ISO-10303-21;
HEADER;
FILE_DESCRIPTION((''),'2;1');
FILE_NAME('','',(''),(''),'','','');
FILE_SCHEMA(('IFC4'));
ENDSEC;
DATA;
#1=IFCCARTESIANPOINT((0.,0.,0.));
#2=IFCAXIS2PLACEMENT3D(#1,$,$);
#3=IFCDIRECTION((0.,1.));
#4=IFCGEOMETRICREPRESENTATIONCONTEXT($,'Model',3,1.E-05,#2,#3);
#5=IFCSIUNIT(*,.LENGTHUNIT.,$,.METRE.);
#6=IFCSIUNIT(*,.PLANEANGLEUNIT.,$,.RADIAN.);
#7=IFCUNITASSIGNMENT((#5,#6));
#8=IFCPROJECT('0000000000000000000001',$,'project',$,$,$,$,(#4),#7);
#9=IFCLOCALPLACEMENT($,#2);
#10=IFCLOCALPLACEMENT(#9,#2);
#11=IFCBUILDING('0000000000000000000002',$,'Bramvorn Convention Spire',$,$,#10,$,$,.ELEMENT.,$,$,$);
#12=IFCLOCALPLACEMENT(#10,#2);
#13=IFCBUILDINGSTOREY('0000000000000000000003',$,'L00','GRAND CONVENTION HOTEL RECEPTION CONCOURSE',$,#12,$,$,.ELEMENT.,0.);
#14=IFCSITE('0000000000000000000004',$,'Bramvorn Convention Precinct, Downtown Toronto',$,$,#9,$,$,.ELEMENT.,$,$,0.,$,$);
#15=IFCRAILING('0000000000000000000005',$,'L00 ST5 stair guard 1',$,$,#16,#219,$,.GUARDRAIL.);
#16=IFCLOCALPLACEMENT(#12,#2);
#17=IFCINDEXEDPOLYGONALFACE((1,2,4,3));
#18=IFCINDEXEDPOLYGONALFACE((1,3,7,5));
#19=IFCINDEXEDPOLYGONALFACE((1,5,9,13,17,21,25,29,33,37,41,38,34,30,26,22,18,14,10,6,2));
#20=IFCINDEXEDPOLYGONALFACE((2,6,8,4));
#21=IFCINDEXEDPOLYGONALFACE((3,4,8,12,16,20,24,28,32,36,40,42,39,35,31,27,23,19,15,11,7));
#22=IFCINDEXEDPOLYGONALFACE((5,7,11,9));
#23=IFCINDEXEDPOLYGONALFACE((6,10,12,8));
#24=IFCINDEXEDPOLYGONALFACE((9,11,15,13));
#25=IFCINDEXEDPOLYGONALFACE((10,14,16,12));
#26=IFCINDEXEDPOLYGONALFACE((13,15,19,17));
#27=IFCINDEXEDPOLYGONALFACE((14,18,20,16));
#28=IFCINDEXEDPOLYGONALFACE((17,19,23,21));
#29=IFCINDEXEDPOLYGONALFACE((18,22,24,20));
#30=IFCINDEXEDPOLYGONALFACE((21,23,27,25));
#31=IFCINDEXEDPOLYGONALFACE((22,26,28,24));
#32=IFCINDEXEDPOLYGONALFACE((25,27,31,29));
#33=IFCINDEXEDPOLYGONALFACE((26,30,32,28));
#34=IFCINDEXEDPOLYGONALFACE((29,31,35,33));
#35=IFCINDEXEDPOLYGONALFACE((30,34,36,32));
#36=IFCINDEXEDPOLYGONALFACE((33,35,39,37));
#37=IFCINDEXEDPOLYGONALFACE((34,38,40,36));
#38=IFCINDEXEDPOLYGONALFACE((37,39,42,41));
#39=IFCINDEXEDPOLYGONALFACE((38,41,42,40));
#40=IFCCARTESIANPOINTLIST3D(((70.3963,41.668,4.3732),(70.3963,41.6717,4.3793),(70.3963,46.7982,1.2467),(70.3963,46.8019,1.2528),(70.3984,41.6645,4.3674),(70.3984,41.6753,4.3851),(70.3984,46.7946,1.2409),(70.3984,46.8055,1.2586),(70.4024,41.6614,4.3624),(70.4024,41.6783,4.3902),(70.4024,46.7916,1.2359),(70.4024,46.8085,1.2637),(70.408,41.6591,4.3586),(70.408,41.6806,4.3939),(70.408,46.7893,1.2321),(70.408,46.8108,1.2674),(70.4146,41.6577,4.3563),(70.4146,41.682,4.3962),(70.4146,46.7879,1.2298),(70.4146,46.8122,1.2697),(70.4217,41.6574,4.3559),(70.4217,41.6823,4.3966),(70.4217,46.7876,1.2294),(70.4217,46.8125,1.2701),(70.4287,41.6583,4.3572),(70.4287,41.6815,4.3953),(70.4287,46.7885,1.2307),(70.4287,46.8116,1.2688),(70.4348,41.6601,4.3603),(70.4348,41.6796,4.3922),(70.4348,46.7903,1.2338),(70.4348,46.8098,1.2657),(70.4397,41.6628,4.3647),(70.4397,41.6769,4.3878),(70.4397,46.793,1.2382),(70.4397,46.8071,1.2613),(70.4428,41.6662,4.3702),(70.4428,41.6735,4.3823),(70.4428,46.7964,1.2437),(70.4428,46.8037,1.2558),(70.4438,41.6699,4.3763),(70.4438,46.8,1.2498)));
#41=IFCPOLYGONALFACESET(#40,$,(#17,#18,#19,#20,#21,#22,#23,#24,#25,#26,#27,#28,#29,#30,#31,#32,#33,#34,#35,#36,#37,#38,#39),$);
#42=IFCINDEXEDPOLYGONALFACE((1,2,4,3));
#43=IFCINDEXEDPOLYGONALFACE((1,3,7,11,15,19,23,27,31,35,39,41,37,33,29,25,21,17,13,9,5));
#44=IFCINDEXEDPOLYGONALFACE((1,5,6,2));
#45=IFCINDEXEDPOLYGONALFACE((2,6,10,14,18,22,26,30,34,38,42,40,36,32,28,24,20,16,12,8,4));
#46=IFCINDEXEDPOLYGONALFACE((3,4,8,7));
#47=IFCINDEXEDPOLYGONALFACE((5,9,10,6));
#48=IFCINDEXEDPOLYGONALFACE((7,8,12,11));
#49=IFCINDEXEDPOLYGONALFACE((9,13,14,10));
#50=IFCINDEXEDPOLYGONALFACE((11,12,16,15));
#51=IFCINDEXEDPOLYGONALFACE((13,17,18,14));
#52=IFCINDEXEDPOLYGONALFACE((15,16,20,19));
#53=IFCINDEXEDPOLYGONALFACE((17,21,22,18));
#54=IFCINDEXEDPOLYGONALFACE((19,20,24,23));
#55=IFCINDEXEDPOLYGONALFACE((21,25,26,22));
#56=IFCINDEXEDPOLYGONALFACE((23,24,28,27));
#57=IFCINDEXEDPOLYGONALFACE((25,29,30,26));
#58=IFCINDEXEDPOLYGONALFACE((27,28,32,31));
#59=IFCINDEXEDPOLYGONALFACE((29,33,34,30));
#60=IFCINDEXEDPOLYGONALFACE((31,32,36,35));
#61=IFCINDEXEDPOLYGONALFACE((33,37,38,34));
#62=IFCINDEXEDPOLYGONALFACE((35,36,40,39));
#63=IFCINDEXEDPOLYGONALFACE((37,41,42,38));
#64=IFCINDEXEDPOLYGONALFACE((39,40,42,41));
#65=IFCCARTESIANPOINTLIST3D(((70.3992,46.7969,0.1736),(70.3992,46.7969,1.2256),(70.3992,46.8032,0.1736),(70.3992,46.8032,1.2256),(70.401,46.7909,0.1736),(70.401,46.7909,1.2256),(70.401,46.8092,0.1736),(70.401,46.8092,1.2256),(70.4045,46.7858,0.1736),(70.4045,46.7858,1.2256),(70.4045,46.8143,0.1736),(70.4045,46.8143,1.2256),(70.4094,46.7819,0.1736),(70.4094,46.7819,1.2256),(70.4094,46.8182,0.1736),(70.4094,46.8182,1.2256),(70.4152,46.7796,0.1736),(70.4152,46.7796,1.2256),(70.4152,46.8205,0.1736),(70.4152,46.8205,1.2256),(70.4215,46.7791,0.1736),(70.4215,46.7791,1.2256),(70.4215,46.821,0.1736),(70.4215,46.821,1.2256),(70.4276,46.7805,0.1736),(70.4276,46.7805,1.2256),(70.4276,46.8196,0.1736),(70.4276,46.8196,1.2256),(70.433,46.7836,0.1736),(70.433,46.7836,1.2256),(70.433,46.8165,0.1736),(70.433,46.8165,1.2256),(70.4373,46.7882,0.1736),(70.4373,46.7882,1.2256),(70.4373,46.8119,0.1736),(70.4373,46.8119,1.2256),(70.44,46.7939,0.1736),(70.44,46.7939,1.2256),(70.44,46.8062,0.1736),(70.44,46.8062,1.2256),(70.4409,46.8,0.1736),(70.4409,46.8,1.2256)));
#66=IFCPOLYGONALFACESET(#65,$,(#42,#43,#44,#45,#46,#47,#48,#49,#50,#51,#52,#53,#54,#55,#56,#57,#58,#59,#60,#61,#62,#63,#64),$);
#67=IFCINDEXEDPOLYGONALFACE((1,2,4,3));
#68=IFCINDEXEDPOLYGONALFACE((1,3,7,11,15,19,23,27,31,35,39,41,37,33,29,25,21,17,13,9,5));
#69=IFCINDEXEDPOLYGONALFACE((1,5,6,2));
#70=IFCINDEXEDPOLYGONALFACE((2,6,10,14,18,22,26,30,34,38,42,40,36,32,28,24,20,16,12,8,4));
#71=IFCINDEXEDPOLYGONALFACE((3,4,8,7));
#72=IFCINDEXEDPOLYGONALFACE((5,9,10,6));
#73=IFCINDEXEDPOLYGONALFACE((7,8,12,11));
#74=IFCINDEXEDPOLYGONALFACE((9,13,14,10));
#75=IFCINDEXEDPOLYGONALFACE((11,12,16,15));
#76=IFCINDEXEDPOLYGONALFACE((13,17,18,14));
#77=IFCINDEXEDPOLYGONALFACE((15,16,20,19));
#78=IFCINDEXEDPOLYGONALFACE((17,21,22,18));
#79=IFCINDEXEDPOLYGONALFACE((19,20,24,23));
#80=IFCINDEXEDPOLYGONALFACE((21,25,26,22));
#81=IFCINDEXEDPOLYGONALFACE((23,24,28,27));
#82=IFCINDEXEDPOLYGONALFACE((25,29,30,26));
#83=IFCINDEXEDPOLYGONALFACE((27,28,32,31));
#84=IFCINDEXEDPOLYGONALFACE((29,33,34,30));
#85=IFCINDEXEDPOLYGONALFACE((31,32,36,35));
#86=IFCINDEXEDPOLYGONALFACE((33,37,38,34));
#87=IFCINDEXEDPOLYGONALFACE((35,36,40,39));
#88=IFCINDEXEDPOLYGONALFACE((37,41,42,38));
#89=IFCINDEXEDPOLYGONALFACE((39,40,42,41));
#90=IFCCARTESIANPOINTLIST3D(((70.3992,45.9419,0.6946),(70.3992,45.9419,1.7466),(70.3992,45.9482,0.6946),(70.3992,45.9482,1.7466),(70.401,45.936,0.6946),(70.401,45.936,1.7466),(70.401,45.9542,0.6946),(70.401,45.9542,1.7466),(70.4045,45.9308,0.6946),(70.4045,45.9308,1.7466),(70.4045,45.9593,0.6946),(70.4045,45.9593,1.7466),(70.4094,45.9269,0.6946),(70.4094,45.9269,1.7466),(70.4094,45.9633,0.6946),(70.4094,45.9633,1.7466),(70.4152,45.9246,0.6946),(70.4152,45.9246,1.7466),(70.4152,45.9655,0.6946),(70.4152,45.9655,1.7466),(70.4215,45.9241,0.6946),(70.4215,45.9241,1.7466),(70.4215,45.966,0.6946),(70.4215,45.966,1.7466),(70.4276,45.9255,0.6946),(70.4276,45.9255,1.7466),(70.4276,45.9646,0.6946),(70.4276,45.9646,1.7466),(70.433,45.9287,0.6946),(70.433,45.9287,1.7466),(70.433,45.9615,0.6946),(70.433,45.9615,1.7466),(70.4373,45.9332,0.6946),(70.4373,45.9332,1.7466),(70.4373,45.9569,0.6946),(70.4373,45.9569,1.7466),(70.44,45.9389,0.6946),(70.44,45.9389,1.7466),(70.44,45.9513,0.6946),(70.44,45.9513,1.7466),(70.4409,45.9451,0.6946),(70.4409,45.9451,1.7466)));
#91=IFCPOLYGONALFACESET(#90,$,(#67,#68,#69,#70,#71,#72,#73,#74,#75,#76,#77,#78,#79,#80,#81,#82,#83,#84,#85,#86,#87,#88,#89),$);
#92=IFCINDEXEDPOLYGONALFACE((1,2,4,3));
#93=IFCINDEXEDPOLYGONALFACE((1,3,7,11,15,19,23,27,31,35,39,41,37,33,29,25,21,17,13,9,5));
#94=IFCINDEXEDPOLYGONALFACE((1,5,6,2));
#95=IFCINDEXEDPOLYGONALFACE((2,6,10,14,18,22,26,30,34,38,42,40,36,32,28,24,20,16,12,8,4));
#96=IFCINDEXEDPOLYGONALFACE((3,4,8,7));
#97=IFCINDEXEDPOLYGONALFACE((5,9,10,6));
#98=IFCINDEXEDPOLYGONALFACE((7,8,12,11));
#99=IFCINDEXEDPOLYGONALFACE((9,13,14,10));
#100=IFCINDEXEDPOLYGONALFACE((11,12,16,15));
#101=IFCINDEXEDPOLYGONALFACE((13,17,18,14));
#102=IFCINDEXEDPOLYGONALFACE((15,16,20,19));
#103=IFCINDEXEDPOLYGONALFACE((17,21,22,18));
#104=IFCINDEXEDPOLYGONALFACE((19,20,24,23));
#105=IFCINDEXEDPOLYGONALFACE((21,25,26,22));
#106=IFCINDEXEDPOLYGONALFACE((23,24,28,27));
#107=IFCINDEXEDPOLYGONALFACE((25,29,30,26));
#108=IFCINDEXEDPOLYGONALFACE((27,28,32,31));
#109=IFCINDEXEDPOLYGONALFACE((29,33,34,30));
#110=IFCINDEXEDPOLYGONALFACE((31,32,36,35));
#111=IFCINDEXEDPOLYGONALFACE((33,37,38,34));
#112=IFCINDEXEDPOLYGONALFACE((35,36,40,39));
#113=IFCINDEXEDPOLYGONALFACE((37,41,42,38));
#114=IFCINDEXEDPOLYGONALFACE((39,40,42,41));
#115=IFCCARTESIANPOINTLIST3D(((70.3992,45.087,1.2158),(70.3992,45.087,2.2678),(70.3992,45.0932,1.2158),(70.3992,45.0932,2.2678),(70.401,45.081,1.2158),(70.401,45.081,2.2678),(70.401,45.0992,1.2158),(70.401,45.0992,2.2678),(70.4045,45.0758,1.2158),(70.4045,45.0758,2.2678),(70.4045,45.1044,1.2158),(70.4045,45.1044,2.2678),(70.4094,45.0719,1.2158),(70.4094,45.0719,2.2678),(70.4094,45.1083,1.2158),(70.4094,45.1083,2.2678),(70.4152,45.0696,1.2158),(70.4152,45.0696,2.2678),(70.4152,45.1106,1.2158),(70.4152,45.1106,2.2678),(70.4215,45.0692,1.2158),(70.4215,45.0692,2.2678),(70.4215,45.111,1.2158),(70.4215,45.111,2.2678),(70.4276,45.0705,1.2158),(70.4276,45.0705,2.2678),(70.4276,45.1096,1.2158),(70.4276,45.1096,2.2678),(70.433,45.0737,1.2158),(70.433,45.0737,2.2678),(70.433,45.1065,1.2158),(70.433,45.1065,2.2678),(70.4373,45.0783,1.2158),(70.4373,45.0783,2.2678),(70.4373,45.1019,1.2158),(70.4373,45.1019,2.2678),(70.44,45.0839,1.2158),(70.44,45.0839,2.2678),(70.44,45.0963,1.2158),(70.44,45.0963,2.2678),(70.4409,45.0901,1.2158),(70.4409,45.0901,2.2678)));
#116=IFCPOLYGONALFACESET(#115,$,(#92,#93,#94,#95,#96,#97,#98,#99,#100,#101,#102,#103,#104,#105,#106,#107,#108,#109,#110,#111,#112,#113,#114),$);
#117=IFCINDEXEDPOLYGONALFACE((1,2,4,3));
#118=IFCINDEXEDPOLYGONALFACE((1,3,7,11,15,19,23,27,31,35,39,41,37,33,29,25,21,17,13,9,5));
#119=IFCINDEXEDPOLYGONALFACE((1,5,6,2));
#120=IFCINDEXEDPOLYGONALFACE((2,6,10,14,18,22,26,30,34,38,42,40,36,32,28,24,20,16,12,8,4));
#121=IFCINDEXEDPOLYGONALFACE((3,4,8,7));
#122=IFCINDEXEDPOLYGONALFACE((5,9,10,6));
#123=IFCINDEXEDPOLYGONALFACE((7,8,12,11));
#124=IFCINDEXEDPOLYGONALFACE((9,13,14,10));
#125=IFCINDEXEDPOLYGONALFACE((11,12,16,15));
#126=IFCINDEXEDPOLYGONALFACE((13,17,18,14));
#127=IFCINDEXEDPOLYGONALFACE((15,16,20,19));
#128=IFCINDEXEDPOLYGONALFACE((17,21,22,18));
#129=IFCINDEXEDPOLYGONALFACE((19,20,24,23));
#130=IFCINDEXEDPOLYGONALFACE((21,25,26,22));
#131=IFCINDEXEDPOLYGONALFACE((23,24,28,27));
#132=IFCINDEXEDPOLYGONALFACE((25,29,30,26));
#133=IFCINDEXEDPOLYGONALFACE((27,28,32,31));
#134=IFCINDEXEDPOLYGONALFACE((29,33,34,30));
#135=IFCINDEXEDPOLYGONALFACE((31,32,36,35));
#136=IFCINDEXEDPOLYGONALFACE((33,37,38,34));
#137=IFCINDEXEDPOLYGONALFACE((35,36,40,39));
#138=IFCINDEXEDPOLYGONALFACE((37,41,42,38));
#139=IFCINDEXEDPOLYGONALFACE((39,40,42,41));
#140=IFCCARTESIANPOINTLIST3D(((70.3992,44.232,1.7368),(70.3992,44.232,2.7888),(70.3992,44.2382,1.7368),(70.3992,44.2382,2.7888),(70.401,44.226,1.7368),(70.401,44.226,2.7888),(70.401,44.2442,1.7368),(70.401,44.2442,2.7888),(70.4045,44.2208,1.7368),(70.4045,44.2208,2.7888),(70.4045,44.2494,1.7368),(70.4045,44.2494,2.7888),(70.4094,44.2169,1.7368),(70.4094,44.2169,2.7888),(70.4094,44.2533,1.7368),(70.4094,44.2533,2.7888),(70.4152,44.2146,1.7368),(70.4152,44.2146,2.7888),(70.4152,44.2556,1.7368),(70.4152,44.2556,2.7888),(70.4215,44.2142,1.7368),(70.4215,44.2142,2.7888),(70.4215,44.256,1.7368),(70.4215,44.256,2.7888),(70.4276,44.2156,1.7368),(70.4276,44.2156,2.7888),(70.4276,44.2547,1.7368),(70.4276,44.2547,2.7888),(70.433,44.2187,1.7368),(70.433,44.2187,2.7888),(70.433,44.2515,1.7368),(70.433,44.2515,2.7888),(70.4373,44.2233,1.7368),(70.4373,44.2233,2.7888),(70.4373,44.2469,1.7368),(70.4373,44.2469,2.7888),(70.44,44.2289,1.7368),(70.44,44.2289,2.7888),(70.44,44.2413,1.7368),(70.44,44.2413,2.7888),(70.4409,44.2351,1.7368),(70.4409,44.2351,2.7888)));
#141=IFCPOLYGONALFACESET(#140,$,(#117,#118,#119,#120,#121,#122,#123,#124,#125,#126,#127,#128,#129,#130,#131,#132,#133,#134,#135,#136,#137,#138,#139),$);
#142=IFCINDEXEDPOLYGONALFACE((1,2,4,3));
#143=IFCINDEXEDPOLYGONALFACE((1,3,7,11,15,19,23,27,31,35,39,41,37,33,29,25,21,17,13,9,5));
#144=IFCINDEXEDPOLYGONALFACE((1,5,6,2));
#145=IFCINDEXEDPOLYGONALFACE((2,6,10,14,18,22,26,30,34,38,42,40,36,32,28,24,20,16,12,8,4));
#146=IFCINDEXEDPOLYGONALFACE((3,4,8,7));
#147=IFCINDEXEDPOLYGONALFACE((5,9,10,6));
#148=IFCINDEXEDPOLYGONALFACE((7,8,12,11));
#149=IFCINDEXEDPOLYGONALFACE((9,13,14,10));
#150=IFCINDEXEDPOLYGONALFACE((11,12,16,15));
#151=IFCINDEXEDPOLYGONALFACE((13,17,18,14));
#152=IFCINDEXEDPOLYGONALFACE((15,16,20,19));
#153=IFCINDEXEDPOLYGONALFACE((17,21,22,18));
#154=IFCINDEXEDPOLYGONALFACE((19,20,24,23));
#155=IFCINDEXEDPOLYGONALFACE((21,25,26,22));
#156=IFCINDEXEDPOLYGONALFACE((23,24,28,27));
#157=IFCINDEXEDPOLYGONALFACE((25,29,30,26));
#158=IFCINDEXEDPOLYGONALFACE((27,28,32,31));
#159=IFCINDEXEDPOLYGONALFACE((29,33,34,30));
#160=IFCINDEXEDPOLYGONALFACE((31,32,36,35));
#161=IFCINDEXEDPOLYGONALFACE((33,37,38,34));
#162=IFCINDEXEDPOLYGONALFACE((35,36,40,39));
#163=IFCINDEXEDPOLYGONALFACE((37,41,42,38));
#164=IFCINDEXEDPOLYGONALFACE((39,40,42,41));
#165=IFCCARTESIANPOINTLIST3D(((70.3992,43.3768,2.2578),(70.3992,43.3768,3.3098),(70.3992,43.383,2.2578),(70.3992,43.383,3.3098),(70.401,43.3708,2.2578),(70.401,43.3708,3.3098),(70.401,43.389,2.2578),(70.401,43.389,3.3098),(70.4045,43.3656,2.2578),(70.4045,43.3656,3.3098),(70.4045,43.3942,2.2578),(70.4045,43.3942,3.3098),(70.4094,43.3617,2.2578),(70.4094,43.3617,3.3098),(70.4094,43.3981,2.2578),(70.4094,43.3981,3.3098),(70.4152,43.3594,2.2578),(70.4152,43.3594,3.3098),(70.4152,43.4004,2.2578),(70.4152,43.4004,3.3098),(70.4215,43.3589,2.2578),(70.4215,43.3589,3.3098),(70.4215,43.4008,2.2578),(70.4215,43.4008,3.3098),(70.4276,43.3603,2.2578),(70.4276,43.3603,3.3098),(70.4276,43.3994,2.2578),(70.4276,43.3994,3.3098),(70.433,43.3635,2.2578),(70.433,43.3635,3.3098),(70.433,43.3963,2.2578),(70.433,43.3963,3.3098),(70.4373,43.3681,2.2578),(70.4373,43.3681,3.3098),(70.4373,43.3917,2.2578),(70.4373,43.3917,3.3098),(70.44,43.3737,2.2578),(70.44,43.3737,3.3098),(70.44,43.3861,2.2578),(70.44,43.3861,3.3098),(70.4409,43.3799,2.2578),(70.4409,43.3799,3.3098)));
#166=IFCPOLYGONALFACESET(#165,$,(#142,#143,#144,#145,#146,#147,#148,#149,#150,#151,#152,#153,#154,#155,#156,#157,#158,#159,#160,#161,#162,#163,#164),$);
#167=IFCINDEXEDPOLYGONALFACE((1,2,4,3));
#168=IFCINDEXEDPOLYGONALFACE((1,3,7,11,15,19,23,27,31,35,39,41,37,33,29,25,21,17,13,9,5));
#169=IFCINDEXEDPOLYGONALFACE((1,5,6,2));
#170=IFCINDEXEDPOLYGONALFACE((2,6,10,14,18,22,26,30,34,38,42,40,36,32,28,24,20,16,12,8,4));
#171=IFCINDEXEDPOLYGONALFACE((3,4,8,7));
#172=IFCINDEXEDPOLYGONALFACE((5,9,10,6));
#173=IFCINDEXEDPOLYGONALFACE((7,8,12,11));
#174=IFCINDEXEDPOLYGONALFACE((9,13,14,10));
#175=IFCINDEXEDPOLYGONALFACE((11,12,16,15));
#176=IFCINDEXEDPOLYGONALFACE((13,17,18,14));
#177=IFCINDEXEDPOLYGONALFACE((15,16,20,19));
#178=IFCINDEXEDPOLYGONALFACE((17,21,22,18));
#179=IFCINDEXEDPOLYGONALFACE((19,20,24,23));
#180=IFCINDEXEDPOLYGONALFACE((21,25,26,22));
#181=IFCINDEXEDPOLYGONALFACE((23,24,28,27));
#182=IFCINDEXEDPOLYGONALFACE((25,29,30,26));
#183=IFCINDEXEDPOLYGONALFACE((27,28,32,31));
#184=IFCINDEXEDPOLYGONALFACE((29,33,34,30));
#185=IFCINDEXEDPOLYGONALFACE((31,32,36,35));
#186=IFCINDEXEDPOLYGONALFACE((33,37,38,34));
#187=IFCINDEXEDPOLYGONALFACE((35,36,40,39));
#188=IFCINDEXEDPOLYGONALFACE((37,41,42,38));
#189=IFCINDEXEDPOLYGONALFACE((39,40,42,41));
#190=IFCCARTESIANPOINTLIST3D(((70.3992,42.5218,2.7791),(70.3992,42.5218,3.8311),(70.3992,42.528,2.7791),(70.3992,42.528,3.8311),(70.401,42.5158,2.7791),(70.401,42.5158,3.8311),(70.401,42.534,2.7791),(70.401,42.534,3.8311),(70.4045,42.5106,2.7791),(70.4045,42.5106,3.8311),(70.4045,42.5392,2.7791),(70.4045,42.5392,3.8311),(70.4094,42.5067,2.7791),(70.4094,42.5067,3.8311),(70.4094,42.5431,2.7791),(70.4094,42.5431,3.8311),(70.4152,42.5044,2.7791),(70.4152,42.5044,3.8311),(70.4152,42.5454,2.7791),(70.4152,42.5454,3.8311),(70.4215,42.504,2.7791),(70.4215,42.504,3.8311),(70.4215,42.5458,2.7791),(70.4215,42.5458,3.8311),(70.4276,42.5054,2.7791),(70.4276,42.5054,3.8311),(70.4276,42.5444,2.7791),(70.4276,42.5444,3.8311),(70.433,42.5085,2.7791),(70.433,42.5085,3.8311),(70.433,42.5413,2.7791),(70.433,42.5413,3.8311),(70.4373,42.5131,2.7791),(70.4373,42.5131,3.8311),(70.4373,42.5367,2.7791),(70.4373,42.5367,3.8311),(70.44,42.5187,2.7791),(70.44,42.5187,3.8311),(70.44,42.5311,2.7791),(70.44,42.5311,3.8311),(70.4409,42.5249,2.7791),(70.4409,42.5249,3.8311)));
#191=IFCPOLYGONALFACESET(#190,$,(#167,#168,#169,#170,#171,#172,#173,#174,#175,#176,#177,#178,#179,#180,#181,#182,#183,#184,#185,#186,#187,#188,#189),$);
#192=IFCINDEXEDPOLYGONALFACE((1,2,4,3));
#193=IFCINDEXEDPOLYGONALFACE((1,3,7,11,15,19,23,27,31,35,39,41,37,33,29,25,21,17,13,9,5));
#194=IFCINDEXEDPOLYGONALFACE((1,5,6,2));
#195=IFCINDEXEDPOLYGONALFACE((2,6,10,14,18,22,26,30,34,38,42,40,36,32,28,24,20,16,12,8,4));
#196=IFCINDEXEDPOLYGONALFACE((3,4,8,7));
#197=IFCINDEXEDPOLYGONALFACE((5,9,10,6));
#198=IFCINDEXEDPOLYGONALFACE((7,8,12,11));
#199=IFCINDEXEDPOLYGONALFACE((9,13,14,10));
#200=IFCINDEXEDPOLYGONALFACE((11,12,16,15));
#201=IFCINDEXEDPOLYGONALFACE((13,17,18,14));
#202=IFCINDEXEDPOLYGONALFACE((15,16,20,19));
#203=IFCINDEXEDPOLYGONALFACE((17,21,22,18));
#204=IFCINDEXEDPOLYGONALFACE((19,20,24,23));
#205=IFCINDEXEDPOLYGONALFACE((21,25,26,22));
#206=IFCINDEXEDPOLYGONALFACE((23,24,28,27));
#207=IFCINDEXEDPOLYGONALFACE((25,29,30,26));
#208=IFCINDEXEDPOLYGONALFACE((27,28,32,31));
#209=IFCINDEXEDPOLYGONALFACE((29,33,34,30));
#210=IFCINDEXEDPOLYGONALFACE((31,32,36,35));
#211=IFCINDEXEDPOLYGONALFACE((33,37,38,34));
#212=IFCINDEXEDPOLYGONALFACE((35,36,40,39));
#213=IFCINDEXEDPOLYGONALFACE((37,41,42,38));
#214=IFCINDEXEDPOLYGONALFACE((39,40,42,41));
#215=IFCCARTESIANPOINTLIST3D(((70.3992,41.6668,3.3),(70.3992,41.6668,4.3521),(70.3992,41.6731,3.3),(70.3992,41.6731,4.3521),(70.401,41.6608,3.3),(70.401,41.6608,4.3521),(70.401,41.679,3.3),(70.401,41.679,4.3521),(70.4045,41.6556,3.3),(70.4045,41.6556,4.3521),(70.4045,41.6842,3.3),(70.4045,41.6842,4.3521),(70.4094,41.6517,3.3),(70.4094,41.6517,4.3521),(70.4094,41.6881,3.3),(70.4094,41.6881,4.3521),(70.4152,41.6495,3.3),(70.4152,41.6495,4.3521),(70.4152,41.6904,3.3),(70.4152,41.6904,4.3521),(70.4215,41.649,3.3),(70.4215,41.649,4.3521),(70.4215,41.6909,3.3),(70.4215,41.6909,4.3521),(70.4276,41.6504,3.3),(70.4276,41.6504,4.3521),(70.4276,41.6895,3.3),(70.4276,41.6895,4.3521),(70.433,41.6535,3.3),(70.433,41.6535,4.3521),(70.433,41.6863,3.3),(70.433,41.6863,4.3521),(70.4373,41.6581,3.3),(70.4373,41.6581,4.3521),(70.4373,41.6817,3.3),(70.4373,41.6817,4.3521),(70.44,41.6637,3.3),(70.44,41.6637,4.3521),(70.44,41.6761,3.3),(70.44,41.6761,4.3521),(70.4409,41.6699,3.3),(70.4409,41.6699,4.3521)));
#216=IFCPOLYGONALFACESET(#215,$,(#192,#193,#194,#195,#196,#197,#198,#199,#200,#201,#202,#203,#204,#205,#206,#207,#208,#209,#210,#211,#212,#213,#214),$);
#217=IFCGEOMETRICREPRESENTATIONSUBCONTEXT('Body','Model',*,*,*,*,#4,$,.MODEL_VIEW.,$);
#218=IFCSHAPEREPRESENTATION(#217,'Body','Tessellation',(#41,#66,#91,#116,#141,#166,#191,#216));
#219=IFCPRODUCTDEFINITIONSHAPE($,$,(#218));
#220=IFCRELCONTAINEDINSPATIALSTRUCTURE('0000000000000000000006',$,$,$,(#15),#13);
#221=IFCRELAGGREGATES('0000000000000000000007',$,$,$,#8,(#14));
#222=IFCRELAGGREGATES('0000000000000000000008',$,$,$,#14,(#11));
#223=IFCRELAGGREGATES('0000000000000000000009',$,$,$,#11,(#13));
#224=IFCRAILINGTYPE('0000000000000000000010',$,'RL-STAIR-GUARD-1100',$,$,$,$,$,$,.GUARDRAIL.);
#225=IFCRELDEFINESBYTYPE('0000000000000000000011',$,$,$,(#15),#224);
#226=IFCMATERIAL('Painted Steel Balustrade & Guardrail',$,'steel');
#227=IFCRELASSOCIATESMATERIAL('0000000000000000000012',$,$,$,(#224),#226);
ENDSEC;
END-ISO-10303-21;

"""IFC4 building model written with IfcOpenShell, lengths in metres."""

from ifc_helpers import new_model, si_unit, direction, frame, origin, origin_2d, place, context, subcontext, project, spatial, circle, extrude, material, type_object, element, save


model = new_model("IFC4")

# Units and contexts
model_context = context("Model", 3, precision=1e-05, world=origin(), true_north=direction((0.0, 1.0)))
body_context = subcontext(model_context, "Body", "Model", "MODEL_VIEW")
ifc_project = project(units=[si_unit("LENGTHUNIT", "METRE"), si_unit("PLANEANGLEUNIT", "RADIAN")], contexts=[model_context])

# Site, building, storey
site_placement = place(None, origin())
site = spatial("IfcSite", under=ifc_project, at=site_placement, Name="Bramvorn Convention Precinct, Downtown Toronto", CompositionType="ELEMENT", RefElevation=0.0)
building_placement = place(site_placement, origin())
building = spatial("IfcBuilding", under=site, at=building_placement, Name="Bramvorn Convention Spire", CompositionType="ELEMENT")
storey_placement = place(building_placement, origin())
storey = spatial("IfcBuildingStorey", under=building, at=storey_placement, Name="L00", Description="GRAND CONVENTION HOTEL RECEPTION CONCOURSE", CompositionType="ELEMENT", Elevation=0.0)

# Railing
ifc_material_1 = material(Name="Painted Steel Balustrade & Guardrail", Category="steel")
railing_type_1 = type_object("IfcRailingType", Name="RL-STAIR-GUARD-1100", PredefinedType="GUARDRAIL", material=ifc_material_1)
railing_1_placement = place(storey_placement, frame((70.4199, 46.8, 0.1736)))
element("IfcRailing", 1, at=railing_1_placement, inside=storey, type_object=railing_type_1, Name="L00 ST5 stair guard 1", PredefinedType="GUARDRAIL", context=body_context, shape_type="SweptSolid", body=[
    extrude(circle(Radius=0.0239, at=origin_2d()), frame((0.0, 0.0, 1.0762), z_axis=(0.0, -0.853919, 0.520406), x_axis=(1.0, 0.0, 0.0)), (0.0, 0.0, 1.0), 6.0078),
    extrude(circle(Radius=0.021, at=origin_2d()), origin(), (0.0, 0.0, 1.0), 1.052),
    extrude(circle(Radius=0.021, at=origin_2d()), frame((0.0, -0.855, 0.521)), (0.0, 0.0, 1.0), 1.052),
    extrude(circle(Radius=0.021, at=origin_2d()), frame((0.0, -1.71, 1.0422)), (0.0, 0.0, 1.0), 1.052),
    extrude(circle(Radius=0.021, at=origin_2d()), frame((0.0, -2.5649, 1.5632)), (0.0, 0.0, 1.0), 1.052),
    extrude(circle(Radius=0.021, at=origin_2d()), frame((0.0, -3.4202, 2.0842)), (0.0, 0.0, 1.0), 1.052),
    extrude(circle(Radius=0.021, at=origin_2d()), frame((0.0, -4.2751, 2.6055)), (0.0, 0.0, 1.0), 1.052),
    extrude(circle(Radius=0.021, at=origin_2d()), frame((0.0, -5.1301, 3.1265)), (0.0, 0.0, 1.0), 1.052),
])

save(model, "model.ifc")
